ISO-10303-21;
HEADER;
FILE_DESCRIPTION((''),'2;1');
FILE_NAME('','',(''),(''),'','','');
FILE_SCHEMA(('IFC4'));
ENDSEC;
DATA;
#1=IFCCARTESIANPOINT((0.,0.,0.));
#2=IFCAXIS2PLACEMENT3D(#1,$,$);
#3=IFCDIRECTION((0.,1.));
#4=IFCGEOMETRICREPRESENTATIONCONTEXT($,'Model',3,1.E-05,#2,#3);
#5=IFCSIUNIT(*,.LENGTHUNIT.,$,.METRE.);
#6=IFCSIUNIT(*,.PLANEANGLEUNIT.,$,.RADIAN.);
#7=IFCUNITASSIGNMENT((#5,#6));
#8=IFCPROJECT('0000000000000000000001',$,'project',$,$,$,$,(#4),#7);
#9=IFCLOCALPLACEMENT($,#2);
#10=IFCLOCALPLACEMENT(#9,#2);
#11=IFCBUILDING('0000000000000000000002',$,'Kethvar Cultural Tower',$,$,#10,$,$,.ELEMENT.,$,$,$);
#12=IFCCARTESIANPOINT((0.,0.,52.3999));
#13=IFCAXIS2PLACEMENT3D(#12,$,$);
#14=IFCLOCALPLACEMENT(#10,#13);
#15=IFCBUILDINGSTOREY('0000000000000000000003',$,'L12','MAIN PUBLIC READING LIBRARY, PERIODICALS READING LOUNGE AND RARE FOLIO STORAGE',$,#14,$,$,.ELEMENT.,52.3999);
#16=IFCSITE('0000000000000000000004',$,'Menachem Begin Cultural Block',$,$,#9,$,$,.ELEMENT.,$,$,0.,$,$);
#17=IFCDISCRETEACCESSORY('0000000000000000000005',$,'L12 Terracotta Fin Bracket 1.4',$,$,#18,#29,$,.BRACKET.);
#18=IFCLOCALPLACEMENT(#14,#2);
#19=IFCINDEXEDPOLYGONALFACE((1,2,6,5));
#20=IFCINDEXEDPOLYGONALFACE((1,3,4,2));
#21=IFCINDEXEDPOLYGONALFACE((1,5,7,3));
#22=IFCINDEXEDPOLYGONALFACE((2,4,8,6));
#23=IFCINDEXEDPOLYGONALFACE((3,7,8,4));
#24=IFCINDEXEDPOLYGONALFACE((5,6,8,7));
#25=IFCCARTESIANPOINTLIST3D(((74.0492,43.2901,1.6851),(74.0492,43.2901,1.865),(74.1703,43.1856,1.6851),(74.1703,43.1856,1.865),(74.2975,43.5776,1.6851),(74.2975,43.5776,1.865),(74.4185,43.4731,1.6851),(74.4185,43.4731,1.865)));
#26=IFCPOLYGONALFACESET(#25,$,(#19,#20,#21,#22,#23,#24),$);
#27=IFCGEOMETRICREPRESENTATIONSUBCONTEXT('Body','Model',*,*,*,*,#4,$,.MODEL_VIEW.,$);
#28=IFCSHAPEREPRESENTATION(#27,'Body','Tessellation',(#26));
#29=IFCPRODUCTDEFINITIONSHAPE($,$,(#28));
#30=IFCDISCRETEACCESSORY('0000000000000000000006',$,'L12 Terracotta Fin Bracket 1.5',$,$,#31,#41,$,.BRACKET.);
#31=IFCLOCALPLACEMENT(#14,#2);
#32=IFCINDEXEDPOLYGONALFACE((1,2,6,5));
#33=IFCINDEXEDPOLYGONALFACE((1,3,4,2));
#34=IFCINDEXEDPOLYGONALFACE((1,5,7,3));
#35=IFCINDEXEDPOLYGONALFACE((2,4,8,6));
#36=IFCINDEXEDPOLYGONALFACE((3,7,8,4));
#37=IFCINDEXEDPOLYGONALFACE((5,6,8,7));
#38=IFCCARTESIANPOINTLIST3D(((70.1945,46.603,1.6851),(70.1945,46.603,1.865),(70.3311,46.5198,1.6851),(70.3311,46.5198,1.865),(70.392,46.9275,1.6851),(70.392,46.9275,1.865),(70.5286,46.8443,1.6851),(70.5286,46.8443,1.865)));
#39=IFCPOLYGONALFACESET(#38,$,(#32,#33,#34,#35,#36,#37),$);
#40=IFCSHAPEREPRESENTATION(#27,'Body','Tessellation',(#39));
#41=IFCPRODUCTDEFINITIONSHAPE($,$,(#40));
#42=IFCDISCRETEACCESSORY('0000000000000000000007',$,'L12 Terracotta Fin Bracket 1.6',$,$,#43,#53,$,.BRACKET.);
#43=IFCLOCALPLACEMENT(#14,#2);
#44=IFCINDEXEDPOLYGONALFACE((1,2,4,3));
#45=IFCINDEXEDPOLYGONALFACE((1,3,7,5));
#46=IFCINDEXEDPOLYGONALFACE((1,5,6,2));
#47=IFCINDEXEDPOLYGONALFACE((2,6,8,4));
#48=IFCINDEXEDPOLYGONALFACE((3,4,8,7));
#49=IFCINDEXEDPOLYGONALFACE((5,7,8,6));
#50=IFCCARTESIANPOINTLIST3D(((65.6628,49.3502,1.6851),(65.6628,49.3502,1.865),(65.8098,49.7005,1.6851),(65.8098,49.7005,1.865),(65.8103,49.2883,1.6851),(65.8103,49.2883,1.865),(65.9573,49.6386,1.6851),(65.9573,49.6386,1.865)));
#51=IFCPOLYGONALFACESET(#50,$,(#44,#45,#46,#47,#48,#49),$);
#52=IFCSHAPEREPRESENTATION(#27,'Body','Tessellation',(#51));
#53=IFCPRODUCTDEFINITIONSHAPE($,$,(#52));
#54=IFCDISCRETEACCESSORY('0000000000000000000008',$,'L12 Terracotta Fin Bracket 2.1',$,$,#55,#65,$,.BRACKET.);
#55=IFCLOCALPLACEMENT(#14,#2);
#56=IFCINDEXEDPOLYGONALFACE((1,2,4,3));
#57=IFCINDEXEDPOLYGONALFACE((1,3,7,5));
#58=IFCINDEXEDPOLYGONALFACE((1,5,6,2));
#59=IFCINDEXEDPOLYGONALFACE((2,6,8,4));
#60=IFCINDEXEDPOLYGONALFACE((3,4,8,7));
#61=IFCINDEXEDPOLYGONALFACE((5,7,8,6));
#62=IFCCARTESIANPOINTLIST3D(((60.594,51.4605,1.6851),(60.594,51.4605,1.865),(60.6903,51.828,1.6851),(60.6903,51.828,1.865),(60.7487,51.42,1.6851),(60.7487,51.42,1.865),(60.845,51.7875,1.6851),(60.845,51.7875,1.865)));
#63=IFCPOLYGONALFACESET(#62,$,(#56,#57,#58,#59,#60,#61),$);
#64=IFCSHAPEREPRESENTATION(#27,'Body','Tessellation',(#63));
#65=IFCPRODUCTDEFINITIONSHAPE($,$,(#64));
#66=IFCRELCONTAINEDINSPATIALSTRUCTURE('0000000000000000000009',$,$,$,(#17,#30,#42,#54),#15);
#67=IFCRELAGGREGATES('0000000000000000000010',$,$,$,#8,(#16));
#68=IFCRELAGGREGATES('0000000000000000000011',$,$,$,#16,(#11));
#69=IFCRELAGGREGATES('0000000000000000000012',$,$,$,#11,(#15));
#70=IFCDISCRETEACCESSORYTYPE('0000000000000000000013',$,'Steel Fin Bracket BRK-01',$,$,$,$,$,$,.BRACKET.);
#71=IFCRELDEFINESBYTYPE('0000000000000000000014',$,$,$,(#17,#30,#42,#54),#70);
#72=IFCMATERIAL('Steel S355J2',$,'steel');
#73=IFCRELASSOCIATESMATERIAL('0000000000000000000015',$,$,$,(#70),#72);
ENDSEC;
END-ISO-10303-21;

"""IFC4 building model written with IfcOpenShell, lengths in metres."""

from ifc_helpers import new_model, si_unit, direction, frame, origin, origin_2d, place, context, subcontext, project, spatial, rectangle, extrude, source, transform, mapped, material, type_object, element, save


model = new_model("IFC4")

# Units and contexts
model_context = context("Model", 3, precision=1e-05, world=origin(), true_north=direction((0.0, 1.0)))
body_context = subcontext(model_context, "Body", "Model", "MODEL_VIEW")
ifc_project = project(units=[si_unit("LENGTHUNIT", "METRE"), si_unit("PLANEANGLEUNIT", "RADIAN")], contexts=[model_context])

# Site, building, storey
site_placement = place(None, origin())
site = spatial("IfcSite", under=ifc_project, at=site_placement, Name="Menachem Begin Cultural Block", CompositionType="ELEMENT", RefElevation=0.0)
building_placement = place(site_placement, origin())
building = spatial("IfcBuilding", under=site, at=building_placement, Name="Kethvar Cultural Tower", CompositionType="ELEMENT")
storey_placement = place(building_placement, frame((0.0, 0.0, 52.3999)))
storey = spatial("IfcBuildingStorey", under=building, at=storey_placement, Name="L12", Description="MAIN PUBLIC READING LIBRARY, PERIODICALS READING LOUNGE AND RARE FOLIO STORAGE", CompositionType="ELEMENT", Elevation=52.3999)

# Shared definitions
ifc_material_1 = material(Name="Steel S355J2", Category="steel")

# Discrete accessories
discrete_accessory_type = type_object("IfcDiscreteAccessoryType", Name="Steel Fin Bracket BRK-01", PredefinedType="BRACKET", material=ifc_material_1)
shared_shape_1 = source(origin(), body_context, "Body", "SweptSolid", [
    extrude(rectangle(XDim=0.3799, YDim=0.1599, at=origin_2d()), origin(), (0.0, 0.0, 1.0), 0.1799),
])
for number, where, z_axis, x_axis, name in (
    (1, (74.2339, 43.3816, 1.6851), (0.0, 0.0, 1.0), (0.653421, 0.756995, 0.0), "L12 Terracotta Fin Bracket 1.4"),
    (2, (70.3616, 46.7236, 1.6851), (0.0, 0.0, 1.0), (0.519966, 0.854187, 0.0), "L12 Terracotta Fin Bracket 1.5"),
    (3, (65.8101, 49.4944, 1.6851), (0.0, 0.0, 1.0), (0.387033, 0.922066, 0.0), "L12 Terracotta Fin Bracket 1.6"),
    (4, (60.7195, 51.624, 1.6851), (0.0, 0.0, 1.0), (0.25342, 0.967356, 0.0), "L12 Terracotta Fin Bracket 2.1"),
):
    element("IfcDiscreteAccessory", number, at=place(storey_placement, frame(where, z_axis=z_axis, x_axis=x_axis)), inside=storey, type_object=discrete_accessory_type, Name=name, PredefinedType="BRACKET", context=body_context, shape_type="MappedRepresentation", body=[
        mapped(shared_shape_1, transform((0.0, 0.0, 0.0), scale=1.0)),
    ])

save(model, "model.ifc")
